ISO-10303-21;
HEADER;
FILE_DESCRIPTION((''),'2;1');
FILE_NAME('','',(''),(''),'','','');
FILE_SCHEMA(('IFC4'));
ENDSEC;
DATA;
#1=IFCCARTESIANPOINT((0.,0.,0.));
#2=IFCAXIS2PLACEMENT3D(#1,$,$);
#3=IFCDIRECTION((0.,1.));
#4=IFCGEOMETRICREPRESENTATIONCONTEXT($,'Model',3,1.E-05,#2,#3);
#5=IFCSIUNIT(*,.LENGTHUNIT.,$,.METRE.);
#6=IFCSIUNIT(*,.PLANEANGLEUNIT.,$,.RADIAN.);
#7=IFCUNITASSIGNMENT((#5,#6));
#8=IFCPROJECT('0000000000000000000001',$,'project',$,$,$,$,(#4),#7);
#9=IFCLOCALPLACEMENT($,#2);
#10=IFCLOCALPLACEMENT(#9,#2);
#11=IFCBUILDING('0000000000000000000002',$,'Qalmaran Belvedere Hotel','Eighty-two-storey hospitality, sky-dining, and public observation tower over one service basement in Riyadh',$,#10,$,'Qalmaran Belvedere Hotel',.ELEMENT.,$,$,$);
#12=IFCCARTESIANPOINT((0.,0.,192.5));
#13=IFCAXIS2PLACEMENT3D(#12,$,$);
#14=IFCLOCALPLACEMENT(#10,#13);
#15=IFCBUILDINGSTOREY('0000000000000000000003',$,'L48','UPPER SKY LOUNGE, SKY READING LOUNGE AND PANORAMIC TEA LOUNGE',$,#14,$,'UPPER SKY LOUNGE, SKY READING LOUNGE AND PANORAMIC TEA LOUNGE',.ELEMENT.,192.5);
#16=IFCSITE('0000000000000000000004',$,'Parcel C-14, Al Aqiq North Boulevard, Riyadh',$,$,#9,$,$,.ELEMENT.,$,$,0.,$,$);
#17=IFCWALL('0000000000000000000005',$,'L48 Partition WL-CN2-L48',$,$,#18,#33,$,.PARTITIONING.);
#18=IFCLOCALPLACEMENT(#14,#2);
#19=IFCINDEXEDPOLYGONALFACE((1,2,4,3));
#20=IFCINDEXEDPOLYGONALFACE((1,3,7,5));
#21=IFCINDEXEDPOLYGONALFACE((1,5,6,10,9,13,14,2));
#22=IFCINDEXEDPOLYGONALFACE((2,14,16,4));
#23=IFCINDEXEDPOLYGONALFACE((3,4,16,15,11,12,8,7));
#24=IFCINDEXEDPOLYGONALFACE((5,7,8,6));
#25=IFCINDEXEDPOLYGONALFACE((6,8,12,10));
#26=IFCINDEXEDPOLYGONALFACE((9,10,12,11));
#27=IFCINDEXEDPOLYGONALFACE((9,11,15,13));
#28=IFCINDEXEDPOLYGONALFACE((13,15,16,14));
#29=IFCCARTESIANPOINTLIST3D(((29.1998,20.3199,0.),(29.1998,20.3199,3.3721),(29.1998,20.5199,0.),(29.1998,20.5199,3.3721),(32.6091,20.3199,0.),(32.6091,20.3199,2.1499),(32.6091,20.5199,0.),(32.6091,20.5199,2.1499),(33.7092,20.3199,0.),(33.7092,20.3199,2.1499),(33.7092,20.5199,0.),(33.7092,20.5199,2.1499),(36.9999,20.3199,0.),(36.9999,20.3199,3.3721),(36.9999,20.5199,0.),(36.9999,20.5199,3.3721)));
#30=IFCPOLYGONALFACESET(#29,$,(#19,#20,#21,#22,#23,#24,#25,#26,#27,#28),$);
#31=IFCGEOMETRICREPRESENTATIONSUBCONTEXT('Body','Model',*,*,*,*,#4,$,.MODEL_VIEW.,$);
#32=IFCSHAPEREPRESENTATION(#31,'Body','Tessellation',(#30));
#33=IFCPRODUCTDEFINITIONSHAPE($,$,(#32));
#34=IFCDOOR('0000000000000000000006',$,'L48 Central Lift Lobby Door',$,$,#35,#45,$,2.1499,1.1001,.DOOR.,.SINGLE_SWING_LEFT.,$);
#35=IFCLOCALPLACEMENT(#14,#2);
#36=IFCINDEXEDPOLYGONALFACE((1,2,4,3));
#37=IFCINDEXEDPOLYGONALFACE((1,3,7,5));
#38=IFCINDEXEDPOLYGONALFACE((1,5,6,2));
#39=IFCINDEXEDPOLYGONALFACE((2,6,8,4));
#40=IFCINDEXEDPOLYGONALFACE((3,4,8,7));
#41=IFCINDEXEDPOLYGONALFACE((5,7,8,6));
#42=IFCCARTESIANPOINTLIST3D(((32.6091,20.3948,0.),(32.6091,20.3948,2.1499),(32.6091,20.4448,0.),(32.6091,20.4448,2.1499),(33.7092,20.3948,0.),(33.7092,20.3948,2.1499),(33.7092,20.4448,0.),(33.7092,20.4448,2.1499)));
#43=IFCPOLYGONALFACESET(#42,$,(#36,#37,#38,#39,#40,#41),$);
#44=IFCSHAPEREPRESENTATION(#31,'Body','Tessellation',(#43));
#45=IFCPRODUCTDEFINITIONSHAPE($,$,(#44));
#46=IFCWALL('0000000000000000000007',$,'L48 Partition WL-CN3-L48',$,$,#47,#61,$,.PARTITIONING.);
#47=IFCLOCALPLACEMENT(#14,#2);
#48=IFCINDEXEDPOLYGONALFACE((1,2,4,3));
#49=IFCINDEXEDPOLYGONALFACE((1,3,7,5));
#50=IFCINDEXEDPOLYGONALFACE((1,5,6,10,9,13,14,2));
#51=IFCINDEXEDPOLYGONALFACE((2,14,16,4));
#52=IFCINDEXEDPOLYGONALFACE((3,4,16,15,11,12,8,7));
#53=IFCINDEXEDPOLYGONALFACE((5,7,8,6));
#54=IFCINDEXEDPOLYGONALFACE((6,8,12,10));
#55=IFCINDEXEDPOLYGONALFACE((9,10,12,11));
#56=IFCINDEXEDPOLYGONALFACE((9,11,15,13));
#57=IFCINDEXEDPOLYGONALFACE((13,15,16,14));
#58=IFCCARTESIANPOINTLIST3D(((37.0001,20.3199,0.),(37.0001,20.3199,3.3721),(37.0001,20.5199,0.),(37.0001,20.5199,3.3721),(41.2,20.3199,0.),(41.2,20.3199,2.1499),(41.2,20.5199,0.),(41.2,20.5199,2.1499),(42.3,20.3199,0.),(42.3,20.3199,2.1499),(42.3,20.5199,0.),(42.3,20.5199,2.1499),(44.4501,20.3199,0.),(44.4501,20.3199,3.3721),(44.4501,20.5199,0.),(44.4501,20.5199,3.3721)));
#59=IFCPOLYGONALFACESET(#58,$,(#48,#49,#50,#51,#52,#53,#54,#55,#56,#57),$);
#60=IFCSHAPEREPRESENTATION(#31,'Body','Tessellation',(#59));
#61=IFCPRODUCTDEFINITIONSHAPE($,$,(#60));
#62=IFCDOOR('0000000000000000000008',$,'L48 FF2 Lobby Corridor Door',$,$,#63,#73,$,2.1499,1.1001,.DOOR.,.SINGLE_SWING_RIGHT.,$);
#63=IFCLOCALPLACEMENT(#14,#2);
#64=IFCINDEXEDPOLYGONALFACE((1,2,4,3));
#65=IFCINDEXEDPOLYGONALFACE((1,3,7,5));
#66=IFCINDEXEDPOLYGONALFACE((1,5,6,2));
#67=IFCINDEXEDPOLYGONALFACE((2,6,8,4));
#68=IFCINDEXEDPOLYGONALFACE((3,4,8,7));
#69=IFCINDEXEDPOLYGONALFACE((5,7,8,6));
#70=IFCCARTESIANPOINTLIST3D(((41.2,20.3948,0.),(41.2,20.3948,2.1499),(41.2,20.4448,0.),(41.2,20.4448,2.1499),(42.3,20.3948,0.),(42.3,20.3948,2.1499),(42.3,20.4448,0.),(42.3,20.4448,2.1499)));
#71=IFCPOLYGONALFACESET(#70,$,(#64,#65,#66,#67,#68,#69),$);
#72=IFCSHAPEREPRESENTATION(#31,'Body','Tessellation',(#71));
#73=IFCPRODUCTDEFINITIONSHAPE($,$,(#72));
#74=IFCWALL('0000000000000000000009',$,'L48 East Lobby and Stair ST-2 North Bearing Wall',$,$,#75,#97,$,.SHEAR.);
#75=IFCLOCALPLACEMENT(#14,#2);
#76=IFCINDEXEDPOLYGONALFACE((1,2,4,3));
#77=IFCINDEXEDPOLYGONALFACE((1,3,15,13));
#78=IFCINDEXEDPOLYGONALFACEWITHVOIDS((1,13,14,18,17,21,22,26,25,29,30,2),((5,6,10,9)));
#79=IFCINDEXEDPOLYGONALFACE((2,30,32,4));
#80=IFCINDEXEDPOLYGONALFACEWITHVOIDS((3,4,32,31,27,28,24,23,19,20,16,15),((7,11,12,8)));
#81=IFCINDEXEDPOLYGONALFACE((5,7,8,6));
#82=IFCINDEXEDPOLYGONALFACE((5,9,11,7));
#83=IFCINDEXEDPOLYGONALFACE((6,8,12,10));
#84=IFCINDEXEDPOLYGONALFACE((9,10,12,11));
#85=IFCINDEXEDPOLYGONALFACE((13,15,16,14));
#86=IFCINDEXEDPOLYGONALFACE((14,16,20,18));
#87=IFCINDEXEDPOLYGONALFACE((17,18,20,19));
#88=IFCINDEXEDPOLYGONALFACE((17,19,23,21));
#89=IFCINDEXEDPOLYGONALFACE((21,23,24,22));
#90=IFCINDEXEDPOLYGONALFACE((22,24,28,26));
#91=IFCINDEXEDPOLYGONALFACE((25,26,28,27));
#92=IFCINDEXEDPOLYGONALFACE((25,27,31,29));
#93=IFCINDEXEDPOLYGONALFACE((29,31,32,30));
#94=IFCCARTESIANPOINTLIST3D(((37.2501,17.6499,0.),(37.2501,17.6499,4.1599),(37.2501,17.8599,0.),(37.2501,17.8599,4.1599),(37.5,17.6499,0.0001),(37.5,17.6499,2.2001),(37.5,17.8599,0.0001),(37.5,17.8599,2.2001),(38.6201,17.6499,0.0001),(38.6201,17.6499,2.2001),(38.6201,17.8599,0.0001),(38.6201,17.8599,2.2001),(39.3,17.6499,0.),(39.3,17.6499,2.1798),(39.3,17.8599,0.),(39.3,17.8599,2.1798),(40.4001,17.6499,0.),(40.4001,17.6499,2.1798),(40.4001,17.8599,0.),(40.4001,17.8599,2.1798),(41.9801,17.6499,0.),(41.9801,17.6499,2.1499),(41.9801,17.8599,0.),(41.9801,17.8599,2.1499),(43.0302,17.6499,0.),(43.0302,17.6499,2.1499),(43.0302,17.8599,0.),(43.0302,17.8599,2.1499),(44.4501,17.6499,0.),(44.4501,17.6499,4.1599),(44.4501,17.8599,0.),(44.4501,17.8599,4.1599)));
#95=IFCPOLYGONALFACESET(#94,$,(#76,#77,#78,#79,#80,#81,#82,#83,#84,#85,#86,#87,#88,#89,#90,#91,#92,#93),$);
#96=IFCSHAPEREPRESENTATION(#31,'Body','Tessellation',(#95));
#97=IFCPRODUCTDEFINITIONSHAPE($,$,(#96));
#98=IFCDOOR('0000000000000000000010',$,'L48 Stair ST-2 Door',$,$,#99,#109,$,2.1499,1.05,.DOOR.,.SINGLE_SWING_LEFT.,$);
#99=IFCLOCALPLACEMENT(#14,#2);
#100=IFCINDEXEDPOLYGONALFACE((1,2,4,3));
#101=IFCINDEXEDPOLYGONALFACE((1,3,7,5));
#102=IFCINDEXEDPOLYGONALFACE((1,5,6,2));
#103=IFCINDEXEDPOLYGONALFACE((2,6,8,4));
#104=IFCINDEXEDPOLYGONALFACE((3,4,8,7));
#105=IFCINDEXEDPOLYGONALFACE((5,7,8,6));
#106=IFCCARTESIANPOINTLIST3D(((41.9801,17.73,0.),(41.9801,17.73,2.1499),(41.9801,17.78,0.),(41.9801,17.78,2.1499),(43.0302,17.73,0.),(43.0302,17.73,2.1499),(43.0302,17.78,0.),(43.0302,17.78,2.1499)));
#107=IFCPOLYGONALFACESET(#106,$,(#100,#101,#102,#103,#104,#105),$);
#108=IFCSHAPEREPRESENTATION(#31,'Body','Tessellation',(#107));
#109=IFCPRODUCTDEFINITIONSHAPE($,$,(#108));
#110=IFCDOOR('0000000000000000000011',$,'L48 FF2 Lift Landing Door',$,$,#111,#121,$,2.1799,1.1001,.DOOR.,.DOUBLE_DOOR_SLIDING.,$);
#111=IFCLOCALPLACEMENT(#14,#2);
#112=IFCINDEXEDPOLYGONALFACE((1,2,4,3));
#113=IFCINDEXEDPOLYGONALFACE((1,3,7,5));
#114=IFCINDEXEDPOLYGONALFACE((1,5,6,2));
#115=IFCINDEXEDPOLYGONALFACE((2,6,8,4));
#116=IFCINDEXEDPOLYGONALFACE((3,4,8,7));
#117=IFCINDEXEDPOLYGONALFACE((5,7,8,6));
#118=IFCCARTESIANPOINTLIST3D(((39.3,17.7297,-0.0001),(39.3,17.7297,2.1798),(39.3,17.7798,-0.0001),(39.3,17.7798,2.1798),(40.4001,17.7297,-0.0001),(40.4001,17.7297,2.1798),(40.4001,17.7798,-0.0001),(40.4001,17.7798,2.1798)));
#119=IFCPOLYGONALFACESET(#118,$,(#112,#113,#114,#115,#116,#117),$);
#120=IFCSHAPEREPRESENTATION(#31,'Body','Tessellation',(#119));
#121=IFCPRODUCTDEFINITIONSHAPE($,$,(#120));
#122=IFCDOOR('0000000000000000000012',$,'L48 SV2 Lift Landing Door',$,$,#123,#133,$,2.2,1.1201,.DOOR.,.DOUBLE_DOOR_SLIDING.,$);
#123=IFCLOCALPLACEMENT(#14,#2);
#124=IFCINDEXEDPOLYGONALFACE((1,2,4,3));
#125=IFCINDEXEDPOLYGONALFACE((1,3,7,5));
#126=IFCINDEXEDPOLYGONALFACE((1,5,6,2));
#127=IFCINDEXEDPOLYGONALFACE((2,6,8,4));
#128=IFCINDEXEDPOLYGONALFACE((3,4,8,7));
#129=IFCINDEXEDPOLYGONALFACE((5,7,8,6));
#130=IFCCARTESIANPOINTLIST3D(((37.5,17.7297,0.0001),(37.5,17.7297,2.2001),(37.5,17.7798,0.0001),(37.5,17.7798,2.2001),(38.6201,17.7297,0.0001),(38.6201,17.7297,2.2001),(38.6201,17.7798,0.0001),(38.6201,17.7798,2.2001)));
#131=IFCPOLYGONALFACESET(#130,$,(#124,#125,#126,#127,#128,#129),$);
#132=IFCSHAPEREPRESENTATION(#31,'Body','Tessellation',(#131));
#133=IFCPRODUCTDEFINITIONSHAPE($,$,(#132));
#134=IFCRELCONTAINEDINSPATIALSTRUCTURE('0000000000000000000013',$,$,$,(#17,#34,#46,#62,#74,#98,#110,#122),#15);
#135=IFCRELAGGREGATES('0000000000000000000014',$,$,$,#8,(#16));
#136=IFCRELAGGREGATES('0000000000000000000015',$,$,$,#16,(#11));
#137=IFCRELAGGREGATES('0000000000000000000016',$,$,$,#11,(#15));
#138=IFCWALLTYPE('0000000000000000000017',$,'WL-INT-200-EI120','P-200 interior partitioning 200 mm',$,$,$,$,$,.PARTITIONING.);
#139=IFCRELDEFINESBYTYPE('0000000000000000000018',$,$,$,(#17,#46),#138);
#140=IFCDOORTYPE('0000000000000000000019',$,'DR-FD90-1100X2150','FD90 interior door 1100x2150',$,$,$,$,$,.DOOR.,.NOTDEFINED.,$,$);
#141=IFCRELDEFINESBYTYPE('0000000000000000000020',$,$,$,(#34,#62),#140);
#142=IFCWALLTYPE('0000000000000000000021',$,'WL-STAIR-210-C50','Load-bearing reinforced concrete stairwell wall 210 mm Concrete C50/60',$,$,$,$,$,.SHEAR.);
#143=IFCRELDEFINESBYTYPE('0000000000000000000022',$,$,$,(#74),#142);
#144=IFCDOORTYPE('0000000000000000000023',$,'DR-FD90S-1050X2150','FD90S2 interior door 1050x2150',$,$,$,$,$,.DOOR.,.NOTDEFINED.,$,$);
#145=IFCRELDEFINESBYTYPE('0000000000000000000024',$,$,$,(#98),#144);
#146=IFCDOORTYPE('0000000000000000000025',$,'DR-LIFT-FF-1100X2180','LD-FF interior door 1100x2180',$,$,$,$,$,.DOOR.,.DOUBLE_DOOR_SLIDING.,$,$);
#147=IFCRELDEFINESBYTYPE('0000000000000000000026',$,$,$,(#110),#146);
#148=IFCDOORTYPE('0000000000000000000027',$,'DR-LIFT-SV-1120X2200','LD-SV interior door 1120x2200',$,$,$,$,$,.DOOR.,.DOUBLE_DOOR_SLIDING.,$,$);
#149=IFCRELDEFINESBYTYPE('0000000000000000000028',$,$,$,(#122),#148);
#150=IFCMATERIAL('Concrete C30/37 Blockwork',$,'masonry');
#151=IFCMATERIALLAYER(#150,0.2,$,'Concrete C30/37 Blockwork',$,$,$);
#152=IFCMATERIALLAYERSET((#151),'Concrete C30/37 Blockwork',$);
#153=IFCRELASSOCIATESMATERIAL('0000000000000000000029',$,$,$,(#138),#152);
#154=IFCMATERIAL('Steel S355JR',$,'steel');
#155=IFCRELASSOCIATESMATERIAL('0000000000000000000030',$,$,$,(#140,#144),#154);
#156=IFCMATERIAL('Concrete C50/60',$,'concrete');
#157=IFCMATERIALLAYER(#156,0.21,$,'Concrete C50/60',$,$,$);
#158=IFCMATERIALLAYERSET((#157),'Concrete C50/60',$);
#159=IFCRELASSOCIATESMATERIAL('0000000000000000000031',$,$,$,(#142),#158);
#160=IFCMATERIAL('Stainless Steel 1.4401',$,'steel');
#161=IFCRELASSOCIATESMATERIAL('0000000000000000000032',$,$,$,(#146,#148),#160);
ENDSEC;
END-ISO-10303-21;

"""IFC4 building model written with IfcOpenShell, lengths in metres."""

from ifc_helpers import new_model, si_unit, direction, frame, frame_2d, origin, place, context, subcontext, project, spatial, rectangle, extrude, material, layer, layer_set, type_object, element, fill, save


model = new_model("IFC4")

# Units and contexts
model_context = context("Model", 3, precision=1e-05, world=origin(), true_north=direction((0.0, 1.0)))
body_context = subcontext(model_context, "Body", "Model", "MODEL_VIEW")
ifc_project = project(units=[si_unit("LENGTHUNIT", "METRE"), si_unit("PLANEANGLEUNIT", "RADIAN")], contexts=[model_context])

# Site, building, storey
site_placement = place(None, origin())
site = spatial("IfcSite", under=ifc_project, at=site_placement, Name="Parcel C-14, Al Aqiq North Boulevard, Riyadh", CompositionType="ELEMENT", RefElevation=0.0)
building_placement = place(site_placement, origin())
building = spatial("IfcBuilding", under=site, at=building_placement, Name="Qalmaran Belvedere Hotel", Description="Eighty-two-storey hospitality, sky-dining, and public observation tower over one service basement in Riyadh", LongName="Qalmaran Belvedere Hotel", CompositionType="ELEMENT")
storey_placement = place(building_placement, frame((0.0, 0.0, 192.5)))
storey = spatial("IfcBuildingStorey", under=building, at=storey_placement, Name="L48", Description="UPPER SKY LOUNGE, SKY READING LOUNGE AND PANORAMIC TEA LOUNGE", LongName="UPPER SKY LOUNGE, SKY READING LOUNGE AND PANORAMIC TEA LOUNGE", CompositionType="ELEMENT", Elevation=192.5)

# Shared definitions
ifc_material_1 = material(Name="Concrete C50/60", Category="concrete")

# Shared definitions
ifc_material_2 = material(Name="Steel S355JR", Category="steel")

# Walls, openings, doors
ifc_material_3 = material(Name="Concrete C30/37 Blockwork", Category="masonry")
ifc_layer_1 = layer(ifc_material_3, 0.2, Name="Concrete C30/37 Blockwork")
ifc_layer_set_1 = layer_set([ifc_layer_1], Name="Concrete C30/37 Blockwork")
wall_type_1 = type_object("IfcWallType", Name="WL-INT-200-EI120", Description="P-200 interior partitioning 200 mm", PredefinedType="PARTITIONING", material=ifc_layer_set_1)
wall_1_placement = place(storey_placement, frame((29.2, 20.4199, 0.0), z_axis=(0.0, 0.0, 1.0), x_axis=(1.0, 0.0, 0.0)))
wall_1 = element("IfcWall", 1, at=wall_1_placement, inside=storey, type_object=wall_type_1, Name="L48 Partition WL-CN2-L48", PredefinedType="PARTITIONING", context=body_context, shape_type="SweptSolid", body=[
    extrude(rectangle(XDim=7.8, YDim=0.2, at=frame_2d((3.8999, 0.0))), origin(), (0.0, 0.0, 1.0), 3.3721),
])
opening_1_placement = place(wall_1_placement, frame((3.4092, 0.0, 0.0)))
opening_1 = element("IfcOpeningElement", 2, at=opening_1_placement, cuts=wall_1, PredefinedType="OPENING", context=body_context, shape_type="SweptSolid", body=[
    extrude(rectangle(XDim=1.1001, YDim=2.1499, at=frame_2d((0.55, 1.075))), frame((0.0, 0.1099, 0.0), z_axis=(0.0, -1.0, 0.0), x_axis=(1.0, 0.0, 0.0)), (0.0, 0.0, 1.0), 0.22),
])
door_type_1 = type_object("IfcDoorType", Name="DR-FD90-1100X2150", Description="FD90 interior door 1100x2150", OperationType="NOTDEFINED", PredefinedType="DOOR", material=ifc_material_2)
door_1_placement = place(opening_1_placement, origin())
door_1 = element("IfcDoor", 3, at=door_1_placement, inside=storey, type_object=door_type_1, Name="L48 Central Lift Lobby Door", OperationType="SINGLE_SWING_LEFT", OverallHeight=2.1499, OverallWidth=1.1001, PredefinedType="DOOR", context=body_context, shape_type="SweptSolid", body=[
    extrude(rectangle(XDim=1.1001, YDim=2.1499, at=frame_2d((0.55, 1.075))), frame((0.0, 0.0249, 0.0), z_axis=(0.0, -1.0, 0.0), x_axis=(1.0, 0.0, 0.0)), (0.0, 0.0, 1.0), 0.05),
])
fill(opening_1, door_1)
wall_2_placement = place(storey_placement, frame((37.0, 20.4199, 0.0), z_axis=(0.0, 0.0, 1.0), x_axis=(1.0, 0.0, 0.0)))
wall_2 = element("IfcWall", 4, at=wall_2_placement, inside=storey, type_object=wall_type_1, Name="L48 Partition WL-CN3-L48", PredefinedType="PARTITIONING", context=body_context, shape_type="SweptSolid", body=[
    extrude(rectangle(XDim=7.45, YDim=0.2, at=frame_2d((3.7251, 0.0))), origin(), (0.0, 0.0, 1.0), 3.3721),
])
opening_2_placement = place(wall_2_placement, frame((4.2, 0.0, 0.0)))
opening_2 = element("IfcOpeningElement", 5, at=opening_2_placement, cuts=wall_2, PredefinedType="OPENING", context=body_context, shape_type="SweptSolid", body=[
    extrude(rectangle(XDim=1.1001, YDim=2.1499, at=frame_2d((0.55, 1.075))), frame((0.0, 0.1099, 0.0), z_axis=(0.0, -1.0, 0.0), x_axis=(1.0, 0.0, 0.0)), (0.0, 0.0, 1.0), 0.22),
])
door_2_placement = place(opening_2_placement, origin())
door_2 = element("IfcDoor", 6, at=door_2_placement, inside=storey, type_object=door_type_1, Name="L48 FF2 Lobby Corridor Door", OperationType="SINGLE_SWING_RIGHT", OverallHeight=2.1499, OverallWidth=1.1001, PredefinedType="DOOR", context=body_context, shape_type="SweptSolid", body=[
    extrude(rectangle(XDim=1.1001, YDim=2.1499, at=frame_2d((0.55, 1.075))), frame((0.0, 0.0249, 0.0), z_axis=(0.0, -1.0, 0.0), x_axis=(1.0, 0.0, 0.0)), (0.0, 0.0, 1.0), 0.05),
])
fill(opening_2, door_2)

# Wall, openings, doors
ifc_layer_2 = layer(ifc_material_1, 0.21, Name="Concrete C50/60")
ifc_layer_set_2 = layer_set([ifc_layer_2], Name="Concrete C50/60")
wall_type_2 = type_object("IfcWallType", Name="WL-STAIR-210-C50", Description="Load-bearing reinforced concrete stairwell wall 210 mm Concrete C50/60", PredefinedType="SHEAR", material=ifc_layer_set_2)
wall_3_placement = place(storey_placement, frame((37.25, 17.7549, 0.0), z_axis=(0.0, 0.0, 1.0), x_axis=(1.0, 0.0, 0.0)))
wall_3 = element("IfcWall", 7, at=wall_3_placement, inside=storey, type_object=wall_type_2, Name="L48 East Lobby and Stair ST-2 North Bearing Wall", PredefinedType="SHEAR", context=body_context, shape_type="SweptSolid", body=[
    extrude(rectangle(XDim=7.2, YDim=0.21, at=frame_2d((3.6001, 0.0))), origin(), (0.0, 0.0, 1.0), 4.1599),
])
opening_3_placement = place(wall_3_placement, frame((0.25, 0.0, 0.0)))
opening_3 = element("IfcOpeningElement", 8, at=opening_3_placement, cuts=wall_3, PredefinedType="OPENING", context=body_context, shape_type="SweptSolid", body=[
    extrude(rectangle(XDim=1.1201, YDim=2.2, at=frame_2d((0.5601, 1.1001))), frame((0.0, 0.115, 0.0), z_axis=(0.0, -1.0, 0.0), x_axis=(1.0, 0.0, 0.0)), (0.0, 0.0, 1.0), 0.23),
])
opening_4_placement = place(wall_3_placement, frame((2.05, 0.0, 0.0)))
opening_4 = element("IfcOpeningElement", 9, at=opening_4_placement, cuts=wall_3, PredefinedType="OPENING", context=body_context, shape_type="SweptSolid", body=[
    extrude(rectangle(XDim=1.1001, YDim=2.1799, at=frame_2d((0.55, 1.0898))), frame((0.0, 0.115, 0.0), z_axis=(0.0, -1.0, 0.0), x_axis=(1.0, 0.0, 0.0)), (0.0, 0.0, 1.0), 0.23),
])
opening_5_placement = place(wall_3_placement, frame((5.78, 0.0, 0.0), z_axis=(0.0, 0.0, 1.0), x_axis=(-1.0, 0.0, 0.0)))
opening_5 = element("IfcOpeningElement", 10, at=opening_5_placement, cuts=wall_3, PredefinedType="OPENING", context=body_context, shape_type="SweptSolid", body=[
    extrude(rectangle(XDim=1.05, YDim=2.1499, at=frame_2d((0.5249, 1.075))), frame((0.0, 0.115, 0.0), z_axis=(0.0, -1.0, 0.0), x_axis=(1.0, 0.0, 0.0)), (0.0, 0.0, 1.0), 0.23),
])
door_type_2 = type_object("IfcDoorType", Name="DR-FD90S-1050X2150", Description="FD90S2 interior door 1050x2150", OperationType="NOTDEFINED", PredefinedType="DOOR", material=ifc_material_2)
door_3_placement = place(opening_5_placement, origin())
door_3 = element("IfcDoor", 11, at=door_3_placement, inside=storey, type_object=door_type_2, Name="L48 Stair ST-2 Door", OperationType="SINGLE_SWING_LEFT", OverallHeight=2.1499, OverallWidth=1.05, PredefinedType="DOOR", context=body_context, shape_type="SweptSolid", body=[
    extrude(rectangle(XDim=1.05, YDim=2.1499, at=frame_2d((0.5249, 1.075))), frame((0.0, 0.0249, 0.0), z_axis=(0.0, -1.0, 0.0), x_axis=(1.0, 0.0, 0.0)), (0.0, 0.0, 1.0), 0.05),
])
fill(opening_5, door_3)
ifc_material_4 = material(Name="Stainless Steel 1.4401", Category="steel")
door_type_3 = type_object("IfcDoorType", Name="DR-LIFT-FF-1100X2180", Description="LD-FF interior door 1100x2180", OperationType="DOUBLE_DOOR_SLIDING", PredefinedType="DOOR", material=ifc_material_4)
door_4_placement = place(opening_4_placement, origin())
door_4 = element("IfcDoor", 12, at=door_4_placement, inside=storey, type_object=door_type_3, Name="L48 FF2 Lift Landing Door", OperationType="DOUBLE_DOOR_SLIDING", OverallHeight=2.1799, OverallWidth=1.1001, PredefinedType="DOOR", context=body_context, shape_type="SweptSolid", body=[
    extrude(rectangle(XDim=1.1001, YDim=2.1799, at=frame_2d((0.55, 1.0898))), frame((0.0, 0.0249, 0.0), z_axis=(0.0, -1.0, 0.0), x_axis=(1.0, 0.0, 0.0)), (0.0, 0.0, 1.0), 0.05),
])
fill(opening_4, door_4)
door_type_4 = type_object("IfcDoorType", Name="DR-LIFT-SV-1120X2200", Description="LD-SV interior door 1120x2200", OperationType="DOUBLE_DOOR_SLIDING", PredefinedType="DOOR", material=ifc_material_4)
door_5_placement = place(opening_3_placement, origin())
door_5 = element("IfcDoor", 13, at=door_5_placement, inside=storey, type_object=door_type_4, Name="L48 SV2 Lift Landing Door", OperationType="DOUBLE_DOOR_SLIDING", OverallHeight=2.2, OverallWidth=1.1201, PredefinedType="DOOR", context=body_context, shape_type="SweptSolid", body=[
    extrude(rectangle(XDim=1.1201, YDim=2.2, at=frame_2d((0.5601, 1.1001))), frame((0.0, 0.0249, 0.0), z_axis=(0.0, -1.0, 0.0), x_axis=(1.0, 0.0, 0.0)), (0.0, 0.0, 1.0), 0.05),
])
fill(opening_3, door_5)

save(model, "model.ifc")
